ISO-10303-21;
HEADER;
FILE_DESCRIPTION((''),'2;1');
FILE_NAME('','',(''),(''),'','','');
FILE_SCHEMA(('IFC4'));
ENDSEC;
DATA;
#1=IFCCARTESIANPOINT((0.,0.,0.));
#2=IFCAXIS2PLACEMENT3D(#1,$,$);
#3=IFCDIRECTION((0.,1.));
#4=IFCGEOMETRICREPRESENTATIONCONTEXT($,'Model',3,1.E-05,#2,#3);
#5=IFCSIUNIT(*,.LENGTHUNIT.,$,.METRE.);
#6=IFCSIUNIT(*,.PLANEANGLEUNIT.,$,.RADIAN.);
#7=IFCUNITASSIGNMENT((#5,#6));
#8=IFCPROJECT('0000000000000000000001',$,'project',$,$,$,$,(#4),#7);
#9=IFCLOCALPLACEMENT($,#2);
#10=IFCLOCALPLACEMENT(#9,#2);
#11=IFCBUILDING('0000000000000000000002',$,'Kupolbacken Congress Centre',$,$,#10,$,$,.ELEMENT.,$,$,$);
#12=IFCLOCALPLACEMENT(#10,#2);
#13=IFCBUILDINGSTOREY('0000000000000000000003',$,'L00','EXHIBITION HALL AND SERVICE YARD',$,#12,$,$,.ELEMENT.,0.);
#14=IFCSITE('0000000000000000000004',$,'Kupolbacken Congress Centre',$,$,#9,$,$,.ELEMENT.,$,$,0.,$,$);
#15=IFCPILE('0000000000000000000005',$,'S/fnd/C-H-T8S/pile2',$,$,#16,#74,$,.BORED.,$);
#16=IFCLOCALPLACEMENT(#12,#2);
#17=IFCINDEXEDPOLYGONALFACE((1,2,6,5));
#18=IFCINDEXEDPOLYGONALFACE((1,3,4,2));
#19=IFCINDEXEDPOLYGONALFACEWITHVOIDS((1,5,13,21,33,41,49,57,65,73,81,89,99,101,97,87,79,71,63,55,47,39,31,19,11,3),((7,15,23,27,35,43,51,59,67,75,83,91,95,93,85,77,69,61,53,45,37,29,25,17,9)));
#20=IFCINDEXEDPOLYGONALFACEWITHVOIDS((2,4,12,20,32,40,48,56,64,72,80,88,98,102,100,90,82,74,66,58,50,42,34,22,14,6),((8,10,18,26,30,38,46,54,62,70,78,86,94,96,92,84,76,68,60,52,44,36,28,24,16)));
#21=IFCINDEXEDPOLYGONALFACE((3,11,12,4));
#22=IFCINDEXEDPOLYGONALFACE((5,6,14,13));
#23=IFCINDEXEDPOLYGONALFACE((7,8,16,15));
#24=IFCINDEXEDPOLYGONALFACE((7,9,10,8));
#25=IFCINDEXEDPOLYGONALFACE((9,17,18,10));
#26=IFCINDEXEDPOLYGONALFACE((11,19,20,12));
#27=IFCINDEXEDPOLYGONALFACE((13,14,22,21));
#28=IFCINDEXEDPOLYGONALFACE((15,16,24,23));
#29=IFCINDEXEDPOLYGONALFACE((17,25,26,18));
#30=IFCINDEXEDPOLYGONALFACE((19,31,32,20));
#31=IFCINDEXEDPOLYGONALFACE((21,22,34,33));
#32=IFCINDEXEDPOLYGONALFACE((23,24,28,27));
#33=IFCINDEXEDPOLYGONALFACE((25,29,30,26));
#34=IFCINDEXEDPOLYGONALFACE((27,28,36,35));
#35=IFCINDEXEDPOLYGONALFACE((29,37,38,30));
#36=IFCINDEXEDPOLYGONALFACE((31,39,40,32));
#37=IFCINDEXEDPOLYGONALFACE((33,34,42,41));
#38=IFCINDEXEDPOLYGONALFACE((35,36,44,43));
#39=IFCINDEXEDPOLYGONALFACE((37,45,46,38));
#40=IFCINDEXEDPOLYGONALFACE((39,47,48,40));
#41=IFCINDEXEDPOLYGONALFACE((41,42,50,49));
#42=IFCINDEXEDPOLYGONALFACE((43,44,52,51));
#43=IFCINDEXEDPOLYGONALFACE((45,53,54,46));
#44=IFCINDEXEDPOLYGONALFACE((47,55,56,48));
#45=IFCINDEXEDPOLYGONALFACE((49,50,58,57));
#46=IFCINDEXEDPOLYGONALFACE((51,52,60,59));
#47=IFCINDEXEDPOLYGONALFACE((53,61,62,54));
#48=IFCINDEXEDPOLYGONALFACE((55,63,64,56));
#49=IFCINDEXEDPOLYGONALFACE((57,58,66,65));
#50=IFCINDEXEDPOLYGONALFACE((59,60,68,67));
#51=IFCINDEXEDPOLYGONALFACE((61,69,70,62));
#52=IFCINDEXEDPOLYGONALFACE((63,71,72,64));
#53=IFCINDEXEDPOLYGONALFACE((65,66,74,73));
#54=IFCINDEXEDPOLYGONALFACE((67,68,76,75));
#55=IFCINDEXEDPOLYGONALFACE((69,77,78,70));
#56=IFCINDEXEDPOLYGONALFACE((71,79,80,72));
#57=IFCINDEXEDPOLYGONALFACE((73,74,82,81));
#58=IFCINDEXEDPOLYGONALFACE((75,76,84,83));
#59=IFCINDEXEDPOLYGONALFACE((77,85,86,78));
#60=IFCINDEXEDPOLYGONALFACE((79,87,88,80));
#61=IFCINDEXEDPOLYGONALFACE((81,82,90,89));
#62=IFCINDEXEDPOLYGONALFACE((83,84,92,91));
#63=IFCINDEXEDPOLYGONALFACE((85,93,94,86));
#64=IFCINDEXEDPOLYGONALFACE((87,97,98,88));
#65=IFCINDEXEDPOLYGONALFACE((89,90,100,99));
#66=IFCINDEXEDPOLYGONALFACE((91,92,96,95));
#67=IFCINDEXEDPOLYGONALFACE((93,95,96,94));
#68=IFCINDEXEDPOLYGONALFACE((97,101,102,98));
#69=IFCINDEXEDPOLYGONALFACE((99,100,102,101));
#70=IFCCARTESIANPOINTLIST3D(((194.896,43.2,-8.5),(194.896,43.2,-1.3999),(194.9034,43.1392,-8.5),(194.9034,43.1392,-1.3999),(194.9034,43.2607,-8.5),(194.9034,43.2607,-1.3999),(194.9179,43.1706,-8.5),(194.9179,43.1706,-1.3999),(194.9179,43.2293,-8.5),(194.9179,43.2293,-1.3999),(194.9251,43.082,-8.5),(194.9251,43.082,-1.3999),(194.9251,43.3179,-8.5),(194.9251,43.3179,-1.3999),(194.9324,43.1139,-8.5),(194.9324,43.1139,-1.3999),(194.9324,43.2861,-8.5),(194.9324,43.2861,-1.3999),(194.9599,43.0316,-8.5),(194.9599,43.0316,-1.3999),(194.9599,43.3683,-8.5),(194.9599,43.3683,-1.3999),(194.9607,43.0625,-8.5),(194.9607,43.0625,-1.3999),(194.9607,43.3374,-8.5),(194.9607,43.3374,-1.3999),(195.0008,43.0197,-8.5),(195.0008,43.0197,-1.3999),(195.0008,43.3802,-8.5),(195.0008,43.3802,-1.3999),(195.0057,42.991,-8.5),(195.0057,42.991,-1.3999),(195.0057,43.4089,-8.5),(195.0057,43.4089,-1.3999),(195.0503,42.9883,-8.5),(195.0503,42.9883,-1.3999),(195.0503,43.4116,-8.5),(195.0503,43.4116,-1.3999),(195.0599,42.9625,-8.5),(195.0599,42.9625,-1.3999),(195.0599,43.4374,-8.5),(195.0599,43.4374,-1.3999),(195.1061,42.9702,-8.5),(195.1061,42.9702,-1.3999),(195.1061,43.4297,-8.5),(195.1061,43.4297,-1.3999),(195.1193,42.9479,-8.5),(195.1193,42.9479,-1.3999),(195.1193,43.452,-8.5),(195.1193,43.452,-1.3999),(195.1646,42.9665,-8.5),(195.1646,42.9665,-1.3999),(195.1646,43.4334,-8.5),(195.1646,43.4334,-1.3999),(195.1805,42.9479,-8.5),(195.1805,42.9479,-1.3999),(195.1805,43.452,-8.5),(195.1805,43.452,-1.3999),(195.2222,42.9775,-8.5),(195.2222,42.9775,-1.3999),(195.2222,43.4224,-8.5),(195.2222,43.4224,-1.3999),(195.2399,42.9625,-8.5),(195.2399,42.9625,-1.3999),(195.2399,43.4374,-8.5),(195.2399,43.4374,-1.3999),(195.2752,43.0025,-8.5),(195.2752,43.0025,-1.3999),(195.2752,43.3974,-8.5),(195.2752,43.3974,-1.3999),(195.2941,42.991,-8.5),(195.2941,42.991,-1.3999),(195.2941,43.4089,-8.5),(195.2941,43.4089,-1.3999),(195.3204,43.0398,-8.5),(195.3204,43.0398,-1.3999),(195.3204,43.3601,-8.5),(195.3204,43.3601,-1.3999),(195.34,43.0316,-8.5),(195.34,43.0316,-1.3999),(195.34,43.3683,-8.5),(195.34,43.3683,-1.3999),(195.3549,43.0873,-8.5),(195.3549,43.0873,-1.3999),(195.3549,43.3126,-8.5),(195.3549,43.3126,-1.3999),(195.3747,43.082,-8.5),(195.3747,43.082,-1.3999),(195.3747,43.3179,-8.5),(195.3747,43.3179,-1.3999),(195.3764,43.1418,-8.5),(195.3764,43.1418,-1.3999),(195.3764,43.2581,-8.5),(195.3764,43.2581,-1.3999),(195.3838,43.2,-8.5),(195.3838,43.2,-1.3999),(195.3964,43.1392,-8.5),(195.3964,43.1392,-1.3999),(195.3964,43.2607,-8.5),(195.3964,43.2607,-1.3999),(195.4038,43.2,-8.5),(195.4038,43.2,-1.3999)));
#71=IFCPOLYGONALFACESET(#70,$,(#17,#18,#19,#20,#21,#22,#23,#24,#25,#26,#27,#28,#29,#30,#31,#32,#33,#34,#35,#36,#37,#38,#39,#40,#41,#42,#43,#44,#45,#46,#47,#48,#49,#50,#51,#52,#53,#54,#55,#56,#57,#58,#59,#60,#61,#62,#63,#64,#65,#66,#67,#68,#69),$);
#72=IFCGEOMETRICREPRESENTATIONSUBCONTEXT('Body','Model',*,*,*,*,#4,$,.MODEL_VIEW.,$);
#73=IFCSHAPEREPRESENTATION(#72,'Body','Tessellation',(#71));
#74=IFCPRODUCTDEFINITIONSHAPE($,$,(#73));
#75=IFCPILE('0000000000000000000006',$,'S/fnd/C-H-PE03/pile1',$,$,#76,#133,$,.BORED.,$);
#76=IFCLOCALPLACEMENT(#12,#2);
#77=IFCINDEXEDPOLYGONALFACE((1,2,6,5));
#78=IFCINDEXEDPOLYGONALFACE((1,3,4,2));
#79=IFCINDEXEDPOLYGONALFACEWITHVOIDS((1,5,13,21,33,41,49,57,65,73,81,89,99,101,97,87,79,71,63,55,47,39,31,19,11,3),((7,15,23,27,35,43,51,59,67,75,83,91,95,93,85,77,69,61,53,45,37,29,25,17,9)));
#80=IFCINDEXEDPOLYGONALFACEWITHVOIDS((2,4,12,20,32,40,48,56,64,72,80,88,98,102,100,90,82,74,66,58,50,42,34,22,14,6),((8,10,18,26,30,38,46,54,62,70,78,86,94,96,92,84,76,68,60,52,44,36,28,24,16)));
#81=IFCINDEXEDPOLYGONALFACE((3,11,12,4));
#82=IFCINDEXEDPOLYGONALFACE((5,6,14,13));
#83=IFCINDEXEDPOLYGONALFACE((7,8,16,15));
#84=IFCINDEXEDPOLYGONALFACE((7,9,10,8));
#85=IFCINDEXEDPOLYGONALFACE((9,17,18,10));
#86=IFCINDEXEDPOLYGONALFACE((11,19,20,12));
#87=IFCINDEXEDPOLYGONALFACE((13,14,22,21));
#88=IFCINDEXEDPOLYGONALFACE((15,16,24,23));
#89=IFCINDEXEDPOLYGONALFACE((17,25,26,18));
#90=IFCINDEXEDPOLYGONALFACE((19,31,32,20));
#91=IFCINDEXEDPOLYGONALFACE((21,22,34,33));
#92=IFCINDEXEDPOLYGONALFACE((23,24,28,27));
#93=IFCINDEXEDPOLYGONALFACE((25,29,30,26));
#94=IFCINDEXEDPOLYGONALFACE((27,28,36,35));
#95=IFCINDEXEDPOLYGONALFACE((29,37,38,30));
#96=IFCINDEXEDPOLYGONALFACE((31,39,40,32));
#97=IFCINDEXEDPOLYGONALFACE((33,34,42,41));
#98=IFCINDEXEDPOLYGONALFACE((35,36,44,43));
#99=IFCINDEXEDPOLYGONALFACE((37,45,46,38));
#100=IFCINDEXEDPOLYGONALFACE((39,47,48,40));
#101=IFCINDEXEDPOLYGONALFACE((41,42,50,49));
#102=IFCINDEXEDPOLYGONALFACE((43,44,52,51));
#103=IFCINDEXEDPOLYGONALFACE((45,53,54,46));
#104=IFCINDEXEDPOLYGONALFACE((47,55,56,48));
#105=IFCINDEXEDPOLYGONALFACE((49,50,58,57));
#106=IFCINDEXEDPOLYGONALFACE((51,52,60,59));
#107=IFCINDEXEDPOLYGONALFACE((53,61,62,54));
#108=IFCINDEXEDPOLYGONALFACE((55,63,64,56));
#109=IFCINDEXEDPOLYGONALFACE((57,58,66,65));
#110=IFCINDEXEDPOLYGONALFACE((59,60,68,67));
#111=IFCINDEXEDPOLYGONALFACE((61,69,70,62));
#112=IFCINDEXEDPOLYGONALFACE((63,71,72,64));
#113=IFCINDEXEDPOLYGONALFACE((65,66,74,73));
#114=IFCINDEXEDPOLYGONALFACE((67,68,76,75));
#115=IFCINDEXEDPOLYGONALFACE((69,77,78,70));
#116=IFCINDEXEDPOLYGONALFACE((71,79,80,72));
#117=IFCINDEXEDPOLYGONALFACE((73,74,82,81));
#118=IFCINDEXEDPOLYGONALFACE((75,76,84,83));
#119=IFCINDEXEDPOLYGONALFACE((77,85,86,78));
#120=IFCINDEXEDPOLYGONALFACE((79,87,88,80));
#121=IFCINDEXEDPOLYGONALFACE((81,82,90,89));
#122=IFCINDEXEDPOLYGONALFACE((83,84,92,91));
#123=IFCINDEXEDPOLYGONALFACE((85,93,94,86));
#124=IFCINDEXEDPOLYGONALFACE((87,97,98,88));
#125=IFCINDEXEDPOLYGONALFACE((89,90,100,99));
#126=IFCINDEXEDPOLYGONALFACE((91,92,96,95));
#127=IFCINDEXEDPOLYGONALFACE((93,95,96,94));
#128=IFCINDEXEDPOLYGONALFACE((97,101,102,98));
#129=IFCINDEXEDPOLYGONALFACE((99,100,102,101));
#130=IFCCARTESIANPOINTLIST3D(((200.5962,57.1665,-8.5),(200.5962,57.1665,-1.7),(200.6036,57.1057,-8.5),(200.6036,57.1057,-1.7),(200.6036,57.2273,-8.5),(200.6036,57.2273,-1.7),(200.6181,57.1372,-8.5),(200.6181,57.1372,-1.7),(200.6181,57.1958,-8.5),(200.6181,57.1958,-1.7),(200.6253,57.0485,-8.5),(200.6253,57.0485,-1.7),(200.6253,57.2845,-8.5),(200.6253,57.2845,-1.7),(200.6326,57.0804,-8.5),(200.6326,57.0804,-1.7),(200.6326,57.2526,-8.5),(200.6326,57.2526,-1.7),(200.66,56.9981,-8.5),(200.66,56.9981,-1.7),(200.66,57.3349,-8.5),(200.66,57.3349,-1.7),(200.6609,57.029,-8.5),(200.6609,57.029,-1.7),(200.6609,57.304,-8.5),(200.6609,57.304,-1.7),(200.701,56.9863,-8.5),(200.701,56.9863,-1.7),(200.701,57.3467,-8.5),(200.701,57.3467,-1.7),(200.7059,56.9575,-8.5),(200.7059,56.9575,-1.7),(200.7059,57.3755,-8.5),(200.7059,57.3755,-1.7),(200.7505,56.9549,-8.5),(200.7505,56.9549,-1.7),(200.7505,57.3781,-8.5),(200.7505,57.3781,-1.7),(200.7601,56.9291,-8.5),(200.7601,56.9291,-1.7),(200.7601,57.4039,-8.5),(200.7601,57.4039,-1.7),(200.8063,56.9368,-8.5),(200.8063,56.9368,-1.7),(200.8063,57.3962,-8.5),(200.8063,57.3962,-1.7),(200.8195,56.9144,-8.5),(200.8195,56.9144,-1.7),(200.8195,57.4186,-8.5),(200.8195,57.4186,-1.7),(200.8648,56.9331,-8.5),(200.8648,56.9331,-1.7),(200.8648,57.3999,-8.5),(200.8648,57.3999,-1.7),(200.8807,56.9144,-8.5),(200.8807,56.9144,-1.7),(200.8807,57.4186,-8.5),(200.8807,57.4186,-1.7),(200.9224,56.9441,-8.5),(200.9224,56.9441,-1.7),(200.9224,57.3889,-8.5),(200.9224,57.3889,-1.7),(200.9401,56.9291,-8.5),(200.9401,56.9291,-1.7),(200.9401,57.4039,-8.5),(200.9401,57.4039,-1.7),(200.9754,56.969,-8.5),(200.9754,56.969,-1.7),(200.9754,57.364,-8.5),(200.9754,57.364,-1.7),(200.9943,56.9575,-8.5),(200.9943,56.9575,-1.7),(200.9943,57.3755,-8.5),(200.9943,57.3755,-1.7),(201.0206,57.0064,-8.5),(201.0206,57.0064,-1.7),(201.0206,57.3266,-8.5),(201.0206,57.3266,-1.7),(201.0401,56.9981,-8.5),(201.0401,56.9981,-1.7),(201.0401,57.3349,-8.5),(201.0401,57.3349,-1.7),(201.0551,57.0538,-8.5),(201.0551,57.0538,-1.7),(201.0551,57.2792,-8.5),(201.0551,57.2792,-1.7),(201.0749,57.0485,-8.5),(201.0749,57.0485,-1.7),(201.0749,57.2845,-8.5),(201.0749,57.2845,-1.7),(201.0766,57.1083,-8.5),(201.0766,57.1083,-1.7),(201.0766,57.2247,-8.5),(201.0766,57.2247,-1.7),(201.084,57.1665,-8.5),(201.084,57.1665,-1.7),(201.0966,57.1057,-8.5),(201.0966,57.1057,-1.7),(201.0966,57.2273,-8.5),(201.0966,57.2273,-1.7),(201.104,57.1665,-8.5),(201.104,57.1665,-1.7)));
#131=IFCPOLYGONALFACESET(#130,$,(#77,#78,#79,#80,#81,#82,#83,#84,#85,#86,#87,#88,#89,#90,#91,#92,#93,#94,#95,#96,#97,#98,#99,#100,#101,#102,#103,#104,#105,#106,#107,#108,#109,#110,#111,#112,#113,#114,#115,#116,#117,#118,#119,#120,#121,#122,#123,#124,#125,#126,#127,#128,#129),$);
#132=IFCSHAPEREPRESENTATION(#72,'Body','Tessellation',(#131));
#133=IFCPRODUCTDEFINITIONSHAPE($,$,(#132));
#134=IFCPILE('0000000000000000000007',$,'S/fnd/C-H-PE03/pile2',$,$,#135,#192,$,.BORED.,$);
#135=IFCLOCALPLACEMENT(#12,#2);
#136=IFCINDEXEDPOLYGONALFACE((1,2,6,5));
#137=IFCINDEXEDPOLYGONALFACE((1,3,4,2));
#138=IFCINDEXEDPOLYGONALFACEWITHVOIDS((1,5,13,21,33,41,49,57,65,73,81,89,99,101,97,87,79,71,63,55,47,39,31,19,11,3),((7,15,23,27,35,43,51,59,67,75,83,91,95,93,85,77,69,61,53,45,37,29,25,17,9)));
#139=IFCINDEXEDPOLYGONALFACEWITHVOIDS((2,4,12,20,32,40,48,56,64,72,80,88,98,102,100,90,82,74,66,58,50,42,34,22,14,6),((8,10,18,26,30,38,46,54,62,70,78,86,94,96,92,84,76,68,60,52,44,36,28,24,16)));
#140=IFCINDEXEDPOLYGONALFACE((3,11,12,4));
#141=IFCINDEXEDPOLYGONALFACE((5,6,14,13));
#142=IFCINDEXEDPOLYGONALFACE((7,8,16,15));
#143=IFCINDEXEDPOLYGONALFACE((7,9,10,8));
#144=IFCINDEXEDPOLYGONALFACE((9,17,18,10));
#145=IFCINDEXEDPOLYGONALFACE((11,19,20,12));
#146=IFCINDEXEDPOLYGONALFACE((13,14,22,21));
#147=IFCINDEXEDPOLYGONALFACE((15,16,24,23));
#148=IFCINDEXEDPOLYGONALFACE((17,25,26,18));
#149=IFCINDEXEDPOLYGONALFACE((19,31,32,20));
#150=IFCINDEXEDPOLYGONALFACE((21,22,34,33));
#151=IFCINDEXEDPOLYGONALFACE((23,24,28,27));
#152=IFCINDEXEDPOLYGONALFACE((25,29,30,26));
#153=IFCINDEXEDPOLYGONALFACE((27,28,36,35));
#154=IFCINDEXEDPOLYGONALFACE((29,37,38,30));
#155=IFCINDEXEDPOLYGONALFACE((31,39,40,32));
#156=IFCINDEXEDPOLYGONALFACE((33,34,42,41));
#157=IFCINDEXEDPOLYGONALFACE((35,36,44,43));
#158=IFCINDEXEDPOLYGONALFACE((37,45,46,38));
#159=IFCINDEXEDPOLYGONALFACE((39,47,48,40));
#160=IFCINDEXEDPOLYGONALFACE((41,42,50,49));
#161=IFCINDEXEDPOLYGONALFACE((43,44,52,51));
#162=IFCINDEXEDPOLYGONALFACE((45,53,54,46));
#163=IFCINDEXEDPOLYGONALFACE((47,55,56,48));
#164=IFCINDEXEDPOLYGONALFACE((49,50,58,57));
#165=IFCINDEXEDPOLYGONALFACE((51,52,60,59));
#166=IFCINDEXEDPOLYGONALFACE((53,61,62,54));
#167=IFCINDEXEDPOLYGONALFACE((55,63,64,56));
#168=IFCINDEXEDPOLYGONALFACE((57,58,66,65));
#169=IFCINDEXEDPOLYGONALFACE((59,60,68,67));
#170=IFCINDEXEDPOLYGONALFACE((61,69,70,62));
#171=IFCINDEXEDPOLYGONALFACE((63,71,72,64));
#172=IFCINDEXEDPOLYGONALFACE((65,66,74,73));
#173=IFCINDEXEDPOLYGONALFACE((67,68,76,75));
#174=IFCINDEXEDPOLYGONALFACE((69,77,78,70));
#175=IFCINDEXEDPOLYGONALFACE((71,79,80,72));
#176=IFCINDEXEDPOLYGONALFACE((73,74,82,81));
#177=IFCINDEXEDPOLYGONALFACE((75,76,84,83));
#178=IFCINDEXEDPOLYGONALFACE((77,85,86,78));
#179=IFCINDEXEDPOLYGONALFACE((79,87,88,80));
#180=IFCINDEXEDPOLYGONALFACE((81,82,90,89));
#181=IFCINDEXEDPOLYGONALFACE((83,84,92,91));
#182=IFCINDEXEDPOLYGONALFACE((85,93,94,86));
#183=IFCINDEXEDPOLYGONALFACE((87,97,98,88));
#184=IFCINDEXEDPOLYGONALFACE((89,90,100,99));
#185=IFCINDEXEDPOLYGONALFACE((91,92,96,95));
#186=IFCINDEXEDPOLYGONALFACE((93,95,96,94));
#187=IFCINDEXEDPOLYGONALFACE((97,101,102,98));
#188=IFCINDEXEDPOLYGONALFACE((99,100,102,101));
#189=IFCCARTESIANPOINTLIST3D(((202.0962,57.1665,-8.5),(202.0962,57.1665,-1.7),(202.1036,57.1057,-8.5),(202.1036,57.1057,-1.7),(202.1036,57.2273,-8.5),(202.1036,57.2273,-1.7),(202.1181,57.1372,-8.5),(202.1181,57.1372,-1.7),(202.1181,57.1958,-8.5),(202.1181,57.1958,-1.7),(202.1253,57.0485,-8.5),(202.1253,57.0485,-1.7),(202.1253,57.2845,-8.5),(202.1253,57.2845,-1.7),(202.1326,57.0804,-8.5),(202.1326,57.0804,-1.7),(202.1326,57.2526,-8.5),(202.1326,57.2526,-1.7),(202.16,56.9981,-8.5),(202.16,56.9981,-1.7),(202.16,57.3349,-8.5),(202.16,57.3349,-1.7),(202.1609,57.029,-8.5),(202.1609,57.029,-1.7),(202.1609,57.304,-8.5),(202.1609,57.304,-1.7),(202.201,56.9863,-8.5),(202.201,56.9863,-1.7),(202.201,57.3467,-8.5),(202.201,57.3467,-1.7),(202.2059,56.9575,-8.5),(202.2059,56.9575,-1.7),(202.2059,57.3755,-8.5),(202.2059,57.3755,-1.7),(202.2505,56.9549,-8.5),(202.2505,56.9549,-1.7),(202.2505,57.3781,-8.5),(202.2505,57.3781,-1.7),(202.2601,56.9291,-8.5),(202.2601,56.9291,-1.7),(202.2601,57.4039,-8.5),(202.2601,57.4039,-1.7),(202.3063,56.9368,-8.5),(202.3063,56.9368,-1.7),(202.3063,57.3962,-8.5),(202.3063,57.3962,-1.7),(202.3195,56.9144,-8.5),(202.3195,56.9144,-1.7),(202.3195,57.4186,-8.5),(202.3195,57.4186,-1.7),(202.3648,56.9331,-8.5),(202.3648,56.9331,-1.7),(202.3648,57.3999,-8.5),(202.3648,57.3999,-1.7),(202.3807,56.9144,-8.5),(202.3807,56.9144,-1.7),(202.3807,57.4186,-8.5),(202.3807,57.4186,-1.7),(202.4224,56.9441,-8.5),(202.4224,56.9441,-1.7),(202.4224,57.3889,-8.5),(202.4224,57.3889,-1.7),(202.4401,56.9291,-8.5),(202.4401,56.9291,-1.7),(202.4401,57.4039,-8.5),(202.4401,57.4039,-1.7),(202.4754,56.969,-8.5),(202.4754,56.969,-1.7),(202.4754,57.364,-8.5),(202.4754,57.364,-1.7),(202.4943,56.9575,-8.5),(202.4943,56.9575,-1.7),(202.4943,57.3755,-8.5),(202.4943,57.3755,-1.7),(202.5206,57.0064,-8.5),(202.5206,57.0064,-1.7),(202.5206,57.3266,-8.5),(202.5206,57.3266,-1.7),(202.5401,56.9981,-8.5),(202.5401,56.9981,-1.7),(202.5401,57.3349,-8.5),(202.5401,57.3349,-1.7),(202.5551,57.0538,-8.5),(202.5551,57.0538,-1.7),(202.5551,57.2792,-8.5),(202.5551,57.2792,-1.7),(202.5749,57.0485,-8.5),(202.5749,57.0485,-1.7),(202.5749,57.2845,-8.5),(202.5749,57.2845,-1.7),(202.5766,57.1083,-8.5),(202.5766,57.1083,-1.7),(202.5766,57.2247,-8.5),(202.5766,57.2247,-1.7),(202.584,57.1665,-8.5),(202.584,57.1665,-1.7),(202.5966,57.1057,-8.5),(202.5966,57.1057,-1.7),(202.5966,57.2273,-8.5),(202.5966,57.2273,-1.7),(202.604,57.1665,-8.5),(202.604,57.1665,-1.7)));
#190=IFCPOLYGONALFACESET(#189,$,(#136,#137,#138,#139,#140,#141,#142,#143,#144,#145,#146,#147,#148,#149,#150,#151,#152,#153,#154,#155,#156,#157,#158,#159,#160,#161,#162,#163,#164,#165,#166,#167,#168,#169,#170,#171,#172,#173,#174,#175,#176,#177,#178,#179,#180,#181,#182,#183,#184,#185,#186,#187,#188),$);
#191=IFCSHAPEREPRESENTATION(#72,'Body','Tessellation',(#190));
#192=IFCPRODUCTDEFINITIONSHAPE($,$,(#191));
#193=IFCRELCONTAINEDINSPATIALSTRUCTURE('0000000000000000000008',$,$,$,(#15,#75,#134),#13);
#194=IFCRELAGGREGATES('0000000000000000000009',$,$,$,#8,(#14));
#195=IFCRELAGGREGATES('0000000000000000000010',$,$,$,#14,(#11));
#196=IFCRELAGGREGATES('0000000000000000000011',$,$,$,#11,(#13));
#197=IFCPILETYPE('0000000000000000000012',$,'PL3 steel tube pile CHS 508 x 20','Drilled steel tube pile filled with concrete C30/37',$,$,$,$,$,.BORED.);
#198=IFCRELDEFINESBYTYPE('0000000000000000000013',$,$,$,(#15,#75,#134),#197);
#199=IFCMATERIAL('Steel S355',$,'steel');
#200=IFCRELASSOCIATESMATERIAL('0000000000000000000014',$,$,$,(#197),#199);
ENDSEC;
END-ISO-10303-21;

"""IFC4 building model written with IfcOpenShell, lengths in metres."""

from ifc_helpers import new_model, si_unit, direction, frame, origin, origin_2d, place, context, subcontext, project, spatial, hollow_circle, extrude, material, material_profile, profile_set, type_object, element, save


model = new_model("IFC4")

# Units and contexts
model_context = context("Model", 3, precision=1e-05, world=origin(), true_north=direction((0.0, 1.0)))
body_context = subcontext(model_context, "Body", "Model", "MODEL_VIEW")
ifc_project = project(units=[si_unit("LENGTHUNIT", "METRE"), si_unit("PLANEANGLEUNIT", "RADIAN")], contexts=[model_context])

# Site, building, storey
site_placement = place(None, origin())
site = spatial("IfcSite", under=ifc_project, at=site_placement, Name="Kupolbacken Congress Centre", CompositionType="ELEMENT", RefElevation=0.0)
building_placement = place(site_placement, origin())
building = spatial("IfcBuilding", under=site, at=building_placement, Name="Kupolbacken Congress Centre", CompositionType="ELEMENT")
storey_placement = place(building_placement, origin())
storey = spatial("IfcBuildingStorey", under=building, at=storey_placement, Name="L00", Description="EXHIBITION HALL AND SERVICE YARD", CompositionType="ELEMENT", Elevation=0.0)

# Piles
ifc_material_1 = material(Name="Steel S355", Category="steel")
ifc_material_profile_1 = material_profile(ifc_material_1, hollow_circle(Radius=0.2539, WallThickness=0.02, at=origin_2d()), Name="CHS 508 x 20")
ifc_profile_set_1 = profile_set([ifc_material_profile_1], Name="Steel S355")
pile_type_1 = type_object("IfcPileType", Name="PL3 steel tube pile CHS 508 x 20", Description="Drilled steel tube pile filled with concrete C30/37", PredefinedType="BORED", material=ifc_profile_set_1)
pile_placement = place(storey_placement, frame((195.1499, 43.2, -1.3999), z_axis=(0.0, 0.0, -1.0), x_axis=(1.0, 0.0, 0.0)))
element("IfcPile", 1, at=pile_placement, inside=storey, type_object=pile_type_1, Name="S/fnd/C-H-T8S/pile2", PredefinedType="BORED", context=body_context, shape_type="SweptSolid", body=[
    extrude(hollow_circle(Radius=0.2539, WallThickness=0.02, at=origin_2d()), origin(), (0.0, 0.0, 1.0), 7.1001),
])
for number, where, z_axis, x_axis, name in (
    (2, (200.8501, 57.1665, -1.7), (0.0, 0.0, -1.0), (1.0, 0.0, 0.0), "S/fnd/C-H-PE03/pile1"),
    (3, (202.3501, 57.1665, -1.7), (0.0, 0.0, -1.0), (1.0, 0.0, 0.0), "S/fnd/C-H-PE03/pile2"),
):
    element("IfcPile", number, at=place(storey_placement, frame(where, z_axis=z_axis, x_axis=x_axis)), inside=storey, type_object=pile_type_1, Name=name, PredefinedType="BORED", context=body_context, shape_type="SweptSolid", body=[
        extrude(hollow_circle(Radius=0.2539, WallThickness=0.02, at=origin_2d()), origin(), (0.0, 0.0, 1.0), 6.8),
    ])

save(model, "model.ifc")
